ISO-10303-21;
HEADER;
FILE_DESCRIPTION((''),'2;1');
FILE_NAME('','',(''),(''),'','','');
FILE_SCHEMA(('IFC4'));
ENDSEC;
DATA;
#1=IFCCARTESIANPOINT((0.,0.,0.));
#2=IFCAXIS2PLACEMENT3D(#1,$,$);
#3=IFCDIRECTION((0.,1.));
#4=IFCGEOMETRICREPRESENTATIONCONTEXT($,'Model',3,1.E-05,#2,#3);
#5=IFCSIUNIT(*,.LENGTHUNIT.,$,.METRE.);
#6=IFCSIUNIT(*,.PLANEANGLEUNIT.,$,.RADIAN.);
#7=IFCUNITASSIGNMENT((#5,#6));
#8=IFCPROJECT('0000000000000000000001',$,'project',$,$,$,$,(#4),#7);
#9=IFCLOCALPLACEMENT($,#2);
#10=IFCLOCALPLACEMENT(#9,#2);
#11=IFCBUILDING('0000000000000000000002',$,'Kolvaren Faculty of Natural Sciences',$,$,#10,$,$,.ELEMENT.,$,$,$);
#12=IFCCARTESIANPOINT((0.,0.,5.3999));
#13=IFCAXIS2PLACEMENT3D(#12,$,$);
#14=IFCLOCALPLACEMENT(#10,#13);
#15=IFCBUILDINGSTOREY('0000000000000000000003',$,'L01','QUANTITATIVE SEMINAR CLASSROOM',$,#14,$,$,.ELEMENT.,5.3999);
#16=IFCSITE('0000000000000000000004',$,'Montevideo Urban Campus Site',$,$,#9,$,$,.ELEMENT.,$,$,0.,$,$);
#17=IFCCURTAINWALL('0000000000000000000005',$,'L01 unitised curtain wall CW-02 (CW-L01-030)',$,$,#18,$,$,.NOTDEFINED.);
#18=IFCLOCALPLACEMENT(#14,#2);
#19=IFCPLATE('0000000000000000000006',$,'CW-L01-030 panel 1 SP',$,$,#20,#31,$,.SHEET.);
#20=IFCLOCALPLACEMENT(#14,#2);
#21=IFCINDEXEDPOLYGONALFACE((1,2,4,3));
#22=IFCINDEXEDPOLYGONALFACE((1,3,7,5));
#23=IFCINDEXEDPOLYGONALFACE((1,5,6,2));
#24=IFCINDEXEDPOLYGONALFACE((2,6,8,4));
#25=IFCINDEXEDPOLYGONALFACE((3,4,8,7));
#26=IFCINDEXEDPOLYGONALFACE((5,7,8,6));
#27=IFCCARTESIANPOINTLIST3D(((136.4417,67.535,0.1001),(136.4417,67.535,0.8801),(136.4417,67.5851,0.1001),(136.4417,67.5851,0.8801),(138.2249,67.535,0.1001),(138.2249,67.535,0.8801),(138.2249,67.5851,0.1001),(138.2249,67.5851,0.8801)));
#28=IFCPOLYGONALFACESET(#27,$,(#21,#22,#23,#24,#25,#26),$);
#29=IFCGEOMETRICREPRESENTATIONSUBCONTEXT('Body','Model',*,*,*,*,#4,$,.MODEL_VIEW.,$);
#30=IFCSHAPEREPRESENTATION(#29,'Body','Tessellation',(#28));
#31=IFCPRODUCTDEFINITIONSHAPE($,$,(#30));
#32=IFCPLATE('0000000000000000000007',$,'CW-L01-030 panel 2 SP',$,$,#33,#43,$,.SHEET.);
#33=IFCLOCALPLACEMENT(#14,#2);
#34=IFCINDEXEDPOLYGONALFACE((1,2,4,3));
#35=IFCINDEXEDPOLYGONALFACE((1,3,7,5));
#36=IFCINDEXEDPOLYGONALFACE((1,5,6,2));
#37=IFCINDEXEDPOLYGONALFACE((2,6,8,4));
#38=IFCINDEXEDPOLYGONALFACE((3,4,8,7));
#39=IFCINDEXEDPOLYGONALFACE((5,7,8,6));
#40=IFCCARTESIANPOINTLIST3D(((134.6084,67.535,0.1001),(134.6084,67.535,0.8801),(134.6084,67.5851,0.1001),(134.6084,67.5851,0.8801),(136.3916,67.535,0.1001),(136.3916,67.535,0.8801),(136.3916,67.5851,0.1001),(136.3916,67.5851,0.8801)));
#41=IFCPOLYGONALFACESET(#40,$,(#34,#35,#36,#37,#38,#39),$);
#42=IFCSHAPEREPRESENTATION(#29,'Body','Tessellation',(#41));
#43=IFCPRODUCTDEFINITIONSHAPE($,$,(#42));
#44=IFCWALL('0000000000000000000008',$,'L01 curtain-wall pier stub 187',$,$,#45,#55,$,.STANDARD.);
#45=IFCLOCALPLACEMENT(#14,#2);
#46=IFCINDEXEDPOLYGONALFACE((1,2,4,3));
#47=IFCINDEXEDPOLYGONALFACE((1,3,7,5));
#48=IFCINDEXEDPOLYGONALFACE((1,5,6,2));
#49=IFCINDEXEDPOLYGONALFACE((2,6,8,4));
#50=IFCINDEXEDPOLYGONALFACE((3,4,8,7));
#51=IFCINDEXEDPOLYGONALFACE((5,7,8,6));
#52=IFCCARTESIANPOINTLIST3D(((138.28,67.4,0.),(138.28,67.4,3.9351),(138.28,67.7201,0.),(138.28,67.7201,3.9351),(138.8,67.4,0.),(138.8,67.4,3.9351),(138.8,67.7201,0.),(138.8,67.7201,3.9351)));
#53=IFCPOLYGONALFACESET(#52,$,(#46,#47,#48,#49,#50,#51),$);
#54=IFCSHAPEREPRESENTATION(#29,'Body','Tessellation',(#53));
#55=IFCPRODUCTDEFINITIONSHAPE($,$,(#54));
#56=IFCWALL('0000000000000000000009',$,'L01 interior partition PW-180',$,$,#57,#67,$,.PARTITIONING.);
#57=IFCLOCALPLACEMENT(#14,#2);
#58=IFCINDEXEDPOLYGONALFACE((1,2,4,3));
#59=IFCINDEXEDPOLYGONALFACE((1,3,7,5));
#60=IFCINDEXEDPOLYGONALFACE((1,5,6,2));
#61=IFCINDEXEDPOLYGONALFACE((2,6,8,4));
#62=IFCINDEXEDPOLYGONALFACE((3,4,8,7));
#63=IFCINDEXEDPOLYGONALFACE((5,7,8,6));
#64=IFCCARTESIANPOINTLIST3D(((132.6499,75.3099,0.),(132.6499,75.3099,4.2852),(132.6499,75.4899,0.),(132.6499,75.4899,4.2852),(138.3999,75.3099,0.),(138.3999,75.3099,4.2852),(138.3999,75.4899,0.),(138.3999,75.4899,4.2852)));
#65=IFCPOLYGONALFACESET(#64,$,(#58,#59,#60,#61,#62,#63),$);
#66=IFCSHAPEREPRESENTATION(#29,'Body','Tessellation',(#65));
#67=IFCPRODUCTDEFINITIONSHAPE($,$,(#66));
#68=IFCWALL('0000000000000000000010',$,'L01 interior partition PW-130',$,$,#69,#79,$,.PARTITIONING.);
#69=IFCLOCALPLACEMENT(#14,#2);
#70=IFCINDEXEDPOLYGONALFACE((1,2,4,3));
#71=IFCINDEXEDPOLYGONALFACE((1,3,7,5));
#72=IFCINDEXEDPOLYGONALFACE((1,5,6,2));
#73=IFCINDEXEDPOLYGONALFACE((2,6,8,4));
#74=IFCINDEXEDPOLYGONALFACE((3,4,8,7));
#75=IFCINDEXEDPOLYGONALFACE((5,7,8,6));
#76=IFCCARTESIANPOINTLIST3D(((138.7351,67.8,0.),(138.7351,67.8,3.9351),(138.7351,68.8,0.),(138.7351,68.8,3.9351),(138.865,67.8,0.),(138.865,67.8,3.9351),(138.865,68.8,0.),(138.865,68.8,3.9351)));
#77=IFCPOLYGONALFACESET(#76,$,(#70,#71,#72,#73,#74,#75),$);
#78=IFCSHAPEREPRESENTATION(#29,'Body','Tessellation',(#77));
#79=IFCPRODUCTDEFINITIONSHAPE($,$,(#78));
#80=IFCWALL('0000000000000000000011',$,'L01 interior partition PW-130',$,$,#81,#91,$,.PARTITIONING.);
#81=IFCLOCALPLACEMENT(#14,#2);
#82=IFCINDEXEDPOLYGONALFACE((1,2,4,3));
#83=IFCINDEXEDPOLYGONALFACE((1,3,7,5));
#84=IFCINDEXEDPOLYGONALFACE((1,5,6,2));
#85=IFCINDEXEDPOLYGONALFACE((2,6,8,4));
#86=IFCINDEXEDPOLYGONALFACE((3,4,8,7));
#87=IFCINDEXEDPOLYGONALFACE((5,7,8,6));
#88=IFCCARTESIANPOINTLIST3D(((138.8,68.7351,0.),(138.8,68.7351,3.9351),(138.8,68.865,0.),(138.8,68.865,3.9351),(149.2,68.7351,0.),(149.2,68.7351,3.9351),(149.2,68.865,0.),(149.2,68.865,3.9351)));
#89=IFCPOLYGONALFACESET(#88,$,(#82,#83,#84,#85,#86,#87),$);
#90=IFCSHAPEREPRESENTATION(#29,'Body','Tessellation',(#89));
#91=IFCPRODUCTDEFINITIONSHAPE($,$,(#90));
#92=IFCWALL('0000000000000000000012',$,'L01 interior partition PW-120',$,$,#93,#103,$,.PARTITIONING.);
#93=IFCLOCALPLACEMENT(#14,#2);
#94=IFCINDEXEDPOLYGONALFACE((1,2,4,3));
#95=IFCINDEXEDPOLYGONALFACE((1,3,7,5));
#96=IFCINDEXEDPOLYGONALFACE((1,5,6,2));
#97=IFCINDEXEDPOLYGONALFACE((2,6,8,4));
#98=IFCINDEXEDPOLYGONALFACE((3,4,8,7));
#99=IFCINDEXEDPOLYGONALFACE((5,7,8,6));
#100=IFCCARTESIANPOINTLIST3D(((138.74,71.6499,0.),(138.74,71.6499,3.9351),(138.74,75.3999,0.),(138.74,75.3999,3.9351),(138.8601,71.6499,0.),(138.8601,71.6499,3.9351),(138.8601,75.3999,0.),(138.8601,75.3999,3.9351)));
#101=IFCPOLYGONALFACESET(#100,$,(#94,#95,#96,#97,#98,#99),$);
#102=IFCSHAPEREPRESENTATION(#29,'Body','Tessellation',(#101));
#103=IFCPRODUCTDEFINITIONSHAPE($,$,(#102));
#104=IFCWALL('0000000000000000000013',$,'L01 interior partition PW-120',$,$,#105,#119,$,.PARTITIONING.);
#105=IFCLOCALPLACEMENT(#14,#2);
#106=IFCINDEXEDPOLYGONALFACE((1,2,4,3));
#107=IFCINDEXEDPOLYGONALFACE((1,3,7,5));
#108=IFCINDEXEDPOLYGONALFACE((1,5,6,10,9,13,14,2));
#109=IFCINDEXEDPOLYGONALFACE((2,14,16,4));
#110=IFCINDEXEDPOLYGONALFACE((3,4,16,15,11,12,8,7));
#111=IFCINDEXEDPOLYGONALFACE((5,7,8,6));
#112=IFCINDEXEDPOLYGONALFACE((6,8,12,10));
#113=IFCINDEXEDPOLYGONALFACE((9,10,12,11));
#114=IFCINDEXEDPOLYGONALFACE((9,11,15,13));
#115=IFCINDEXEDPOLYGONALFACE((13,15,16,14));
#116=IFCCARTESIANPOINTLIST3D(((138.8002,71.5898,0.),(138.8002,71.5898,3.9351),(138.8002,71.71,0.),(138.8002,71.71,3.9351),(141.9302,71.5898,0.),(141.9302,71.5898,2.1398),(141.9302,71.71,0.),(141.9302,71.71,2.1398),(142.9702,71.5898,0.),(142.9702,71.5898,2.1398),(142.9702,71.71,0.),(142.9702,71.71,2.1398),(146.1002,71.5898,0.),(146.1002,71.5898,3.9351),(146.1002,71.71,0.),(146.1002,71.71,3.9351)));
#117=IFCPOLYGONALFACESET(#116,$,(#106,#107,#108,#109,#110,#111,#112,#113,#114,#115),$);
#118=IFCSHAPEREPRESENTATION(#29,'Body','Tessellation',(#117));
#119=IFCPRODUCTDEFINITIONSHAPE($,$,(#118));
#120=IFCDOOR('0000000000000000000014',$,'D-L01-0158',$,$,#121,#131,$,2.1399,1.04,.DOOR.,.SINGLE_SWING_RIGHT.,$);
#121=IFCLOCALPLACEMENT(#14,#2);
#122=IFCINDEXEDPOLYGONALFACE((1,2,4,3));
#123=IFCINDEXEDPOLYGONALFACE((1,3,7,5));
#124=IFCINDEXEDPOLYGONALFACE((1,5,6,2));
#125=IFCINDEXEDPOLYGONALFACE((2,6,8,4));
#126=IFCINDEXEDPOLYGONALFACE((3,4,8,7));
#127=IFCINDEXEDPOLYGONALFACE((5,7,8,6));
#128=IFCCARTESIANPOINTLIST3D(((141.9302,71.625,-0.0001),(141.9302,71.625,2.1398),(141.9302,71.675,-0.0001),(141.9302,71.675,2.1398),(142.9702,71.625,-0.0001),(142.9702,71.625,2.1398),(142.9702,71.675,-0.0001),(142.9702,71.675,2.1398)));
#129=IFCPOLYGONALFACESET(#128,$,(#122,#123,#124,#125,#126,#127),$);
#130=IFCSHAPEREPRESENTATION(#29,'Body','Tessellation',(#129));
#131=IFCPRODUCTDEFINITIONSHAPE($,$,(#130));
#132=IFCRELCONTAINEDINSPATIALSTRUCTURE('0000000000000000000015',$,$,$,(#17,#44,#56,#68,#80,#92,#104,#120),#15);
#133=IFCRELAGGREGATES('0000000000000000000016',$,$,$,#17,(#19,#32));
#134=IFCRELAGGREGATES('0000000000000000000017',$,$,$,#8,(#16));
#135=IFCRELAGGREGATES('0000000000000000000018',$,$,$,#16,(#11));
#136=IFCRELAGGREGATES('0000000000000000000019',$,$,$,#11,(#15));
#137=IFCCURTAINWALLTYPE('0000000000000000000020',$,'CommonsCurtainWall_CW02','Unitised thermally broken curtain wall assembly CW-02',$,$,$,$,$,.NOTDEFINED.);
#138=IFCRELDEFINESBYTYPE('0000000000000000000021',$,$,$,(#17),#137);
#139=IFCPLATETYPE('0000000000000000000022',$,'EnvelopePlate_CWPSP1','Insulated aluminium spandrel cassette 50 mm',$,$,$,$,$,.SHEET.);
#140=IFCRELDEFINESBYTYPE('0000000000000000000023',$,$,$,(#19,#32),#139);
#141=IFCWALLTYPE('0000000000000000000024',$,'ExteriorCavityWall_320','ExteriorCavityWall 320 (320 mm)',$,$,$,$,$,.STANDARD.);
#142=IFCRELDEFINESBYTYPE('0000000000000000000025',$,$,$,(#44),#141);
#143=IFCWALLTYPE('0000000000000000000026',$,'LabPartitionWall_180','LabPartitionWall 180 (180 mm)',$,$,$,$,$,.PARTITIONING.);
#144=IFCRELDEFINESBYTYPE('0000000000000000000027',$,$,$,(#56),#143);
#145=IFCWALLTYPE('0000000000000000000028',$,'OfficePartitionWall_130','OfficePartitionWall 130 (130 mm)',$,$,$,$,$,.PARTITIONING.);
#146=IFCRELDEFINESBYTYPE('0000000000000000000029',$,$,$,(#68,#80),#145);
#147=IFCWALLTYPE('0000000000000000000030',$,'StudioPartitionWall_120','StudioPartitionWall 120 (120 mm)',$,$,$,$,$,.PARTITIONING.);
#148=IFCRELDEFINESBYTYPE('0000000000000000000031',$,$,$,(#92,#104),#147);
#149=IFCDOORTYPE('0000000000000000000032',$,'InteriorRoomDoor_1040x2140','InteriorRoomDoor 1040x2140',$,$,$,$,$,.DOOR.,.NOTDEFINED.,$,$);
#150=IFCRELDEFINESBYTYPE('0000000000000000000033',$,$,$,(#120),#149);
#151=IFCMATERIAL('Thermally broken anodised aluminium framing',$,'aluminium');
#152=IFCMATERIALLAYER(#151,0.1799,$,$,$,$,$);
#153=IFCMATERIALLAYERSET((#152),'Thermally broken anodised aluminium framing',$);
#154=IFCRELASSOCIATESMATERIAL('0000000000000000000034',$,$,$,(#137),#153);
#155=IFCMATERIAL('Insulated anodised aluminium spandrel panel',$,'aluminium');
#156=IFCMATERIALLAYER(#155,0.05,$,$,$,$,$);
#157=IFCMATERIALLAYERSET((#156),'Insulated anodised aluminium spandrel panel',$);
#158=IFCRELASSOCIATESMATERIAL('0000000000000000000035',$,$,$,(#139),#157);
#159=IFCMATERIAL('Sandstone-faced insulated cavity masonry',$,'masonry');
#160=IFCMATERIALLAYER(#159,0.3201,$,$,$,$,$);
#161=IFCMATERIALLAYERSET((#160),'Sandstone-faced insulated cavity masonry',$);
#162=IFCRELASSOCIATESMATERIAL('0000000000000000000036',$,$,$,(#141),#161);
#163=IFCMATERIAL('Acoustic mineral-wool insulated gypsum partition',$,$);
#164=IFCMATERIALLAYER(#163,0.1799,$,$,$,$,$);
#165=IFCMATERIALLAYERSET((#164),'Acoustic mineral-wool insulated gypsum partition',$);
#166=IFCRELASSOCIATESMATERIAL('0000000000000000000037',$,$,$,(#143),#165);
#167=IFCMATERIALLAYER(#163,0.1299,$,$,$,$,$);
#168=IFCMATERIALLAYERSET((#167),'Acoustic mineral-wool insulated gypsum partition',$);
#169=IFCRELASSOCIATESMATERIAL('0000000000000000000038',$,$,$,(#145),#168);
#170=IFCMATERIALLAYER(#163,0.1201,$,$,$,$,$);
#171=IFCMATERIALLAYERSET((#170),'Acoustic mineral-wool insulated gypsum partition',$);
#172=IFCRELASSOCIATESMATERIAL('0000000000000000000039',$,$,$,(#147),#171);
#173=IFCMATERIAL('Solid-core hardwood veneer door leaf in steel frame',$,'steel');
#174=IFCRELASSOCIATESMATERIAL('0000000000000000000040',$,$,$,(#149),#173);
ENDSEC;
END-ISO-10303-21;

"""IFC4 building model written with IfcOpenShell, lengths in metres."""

from ifc_helpers import new_model, si_unit, direction, frame, frame_2d, origin, origin_2d, place, context, subcontext, project, spatial, rectangle, extrude, material, layer, layer_set, type_object, element, fill, aggregate, save


model = new_model("IFC4")

# Units and contexts
model_context = context("Model", 3, precision=1e-05, world=origin(), true_north=direction((0.0, 1.0)))
body_context = subcontext(model_context, "Body", "Model", "MODEL_VIEW")
ifc_project = project(units=[si_unit("LENGTHUNIT", "METRE"), si_unit("PLANEANGLEUNIT", "RADIAN")], contexts=[model_context])

# Site, building, storey
site_placement = place(None, origin())
site = spatial("IfcSite", under=ifc_project, at=site_placement, Name="Montevideo Urban Campus Site", CompositionType="ELEMENT", RefElevation=0.0)
building_placement = place(site_placement, origin())
building = spatial("IfcBuilding", under=site, at=building_placement, Name="Kolvaren Faculty of Natural Sciences", CompositionType="ELEMENT")
storey_placement = place(building_placement, frame((0.0, 0.0, 5.3999)))
storey = spatial("IfcBuildingStorey", under=building, at=storey_placement, Name="L01", Description="QUANTITATIVE SEMINAR CLASSROOM", CompositionType="ELEMENT", Elevation=5.3999)

# Curtain wall
ifc_material_1 = material(Name="Thermally broken anodised aluminium framing", Category="aluminium")
ifc_layer_1 = layer(ifc_material_1, 0.1799)
ifc_layer_set_1 = layer_set([ifc_layer_1], Name="Thermally broken anodised aluminium framing")
curtain_wall_type = type_object("IfcCurtainWallType", Name="CommonsCurtainWall_CW02", Description="Unitised thermally broken curtain wall assembly CW-02", PredefinedType="NOTDEFINED", material=ifc_layer_set_1)
curtain_wall_placement = place(storey_placement, origin())
curtain_wall = element("IfcCurtainWall", 1, at=curtain_wall_placement, inside=storey, type_object=curtain_wall_type, Name="L01 unitised curtain wall CW-02 (CW-L01-030)", PredefinedType="NOTDEFINED")

# Plates
ifc_material_2 = material(Name="Insulated anodised aluminium spandrel panel", Category="aluminium")
ifc_layer_2 = layer(ifc_material_2, 0.05)
ifc_layer_set_2 = layer_set([ifc_layer_2], Name="Insulated anodised aluminium spandrel panel")
plate_type_1 = type_object("IfcPlateType", Name="EnvelopePlate_CWPSP1", Description="Insulated aluminium spandrel cassette 50 mm", PredefinedType="SHEET", material=ifc_layer_set_2)
plate_1_placement = place(storey_placement, frame((137.3333, 67.5601, 0.1001), z_axis=(0.0, 0.0, 1.0), x_axis=(-1.0, 0.0, 0.0)))
plate_1 = element("IfcPlate", 2, at=plate_1_placement, type_object=plate_type_1, Name="CW-L01-030 panel 1 SP", PredefinedType="SHEET", context=body_context, shape_type="SweptSolid", body=[
    extrude(rectangle(XDim=1.7832, YDim=0.05, at=origin_2d()), origin(), (0.0, 0.0, 1.0), 0.78),
])
plate_2_placement = place(storey_placement, frame((135.5, 67.5601, 0.1001), z_axis=(0.0, 0.0, 1.0), x_axis=(-1.0, 0.0, 0.0)))
plate_2 = element("IfcPlate", 3, at=plate_2_placement, type_object=plate_type_1, Name="CW-L01-030 panel 2 SP", PredefinedType="SHEET", context=body_context, shape_type="SweptSolid", body=[
    extrude(rectangle(XDim=1.7832, YDim=0.05, at=origin_2d()), origin(), (0.0, 0.0, 1.0), 0.78),
])
aggregate(curtain_wall, [plate_1, plate_2])

# Walls
ifc_material_3 = material(Name="Sandstone-faced insulated cavity masonry", Category="masonry")
ifc_layer_3 = layer(ifc_material_3, 0.3201)
ifc_layer_set_3 = layer_set([ifc_layer_3], Name="Sandstone-faced insulated cavity masonry")
wall_type_1 = type_object("IfcWallType", Name="ExteriorCavityWall_320", Description="ExteriorCavityWall 320 (320 mm)", PredefinedType="STANDARD", material=ifc_layer_set_3)
wall_1_placement = place(storey_placement, frame((138.8, 67.5601, 0.0), z_axis=(0.0, 0.0, 1.0), x_axis=(-1.0, 0.0, 0.0)))
element("IfcWall", 4, at=wall_1_placement, inside=storey, type_object=wall_type_1, Name="L01 curtain-wall pier stub 187", PredefinedType="STANDARD", context=body_context, shape_type="SweptSolid", body=[
    extrude(rectangle(XDim=0.52, YDim=0.3201, at=frame_2d((0.26, 0.0))), origin(), (0.0, 0.0, 1.0), 3.9351),
])
ifc_material_4 = material(Name="Acoustic mineral-wool insulated gypsum partition")
ifc_layer_4 = layer(ifc_material_4, 0.1799)
ifc_layer_set_4 = layer_set([ifc_layer_4], Name="Acoustic mineral-wool insulated gypsum partition")
wall_type_2 = type_object("IfcWallType", Name="LabPartitionWall_180", Description="LabPartitionWall 180 (180 mm)", PredefinedType="PARTITIONING", material=ifc_layer_set_4)
wall_2_placement = place(storey_placement, frame((138.3999, 75.3999, 0.0), z_axis=(0.0, 0.0, 1.0), x_axis=(-1.0, 0.0, 0.0)))
element("IfcWall", 5, at=wall_2_placement, inside=storey, type_object=wall_type_2, Name="L01 interior partition PW-180", PredefinedType="PARTITIONING", context=body_context, shape_type="SweptSolid", body=[
    extrude(rectangle(XDim=5.75, YDim=0.1799, at=frame_2d((2.875, 0.0))), origin(), (0.0, 0.0, 1.0), 4.2852),
])
ifc_layer_5 = layer(ifc_material_4, 0.1299)
ifc_layer_set_5 = layer_set([ifc_layer_5], Name="Acoustic mineral-wool insulated gypsum partition")
wall_type_3 = type_object("IfcWallType", Name="OfficePartitionWall_130", Description="OfficePartitionWall 130 (130 mm)", PredefinedType="PARTITIONING", material=ifc_layer_set_5)
wall_3_placement = place(storey_placement, frame((138.8, 67.8, 0.0), z_axis=(0.0, 0.0, 1.0), x_axis=(0.0, 1.0, 0.0)))
element("IfcWall", 6, at=wall_3_placement, inside=storey, type_object=wall_type_3, Name="L01 interior partition PW-130", PredefinedType="PARTITIONING", context=body_context, shape_type="SweptSolid", body=[
    extrude(rectangle(XDim=1.0, YDim=0.1299, at=frame_2d((0.5, 0.0))), origin(), (0.0, 0.0, 1.0), 3.9351),
])
wall_4_placement = place(storey_placement, frame((138.8, 68.8, 0.0), z_axis=(0.0, 0.0, 1.0), x_axis=(1.0, 0.0, 0.0)))
element("IfcWall", 7, at=wall_4_placement, inside=storey, type_object=wall_type_3, Name="L01 interior partition PW-130", PredefinedType="PARTITIONING", context=body_context, shape_type="SweptSolid", body=[
    extrude(rectangle(XDim=10.3999, YDim=0.1299, at=frame_2d((5.2, 0.0))), origin(), (0.0, 0.0, 1.0), 3.9351),
])
ifc_layer_6 = layer(ifc_material_4, 0.1201)
ifc_layer_set_6 = layer_set([ifc_layer_6], Name="Acoustic mineral-wool insulated gypsum partition")
wall_type_4 = type_object("IfcWallType", Name="StudioPartitionWall_120", Description="StudioPartitionWall 120 (120 mm)", PredefinedType="PARTITIONING", material=ifc_layer_set_6)
wall_5_placement = place(storey_placement, frame((138.8, 71.6499, 0.0), z_axis=(0.0, 0.0, 1.0), x_axis=(0.0, 1.0, 0.0)))
element("IfcWall", 8, at=wall_5_placement, inside=storey, type_object=wall_type_4, Name="L01 interior partition PW-120", PredefinedType="PARTITIONING", context=body_context, shape_type="SweptSolid", body=[
    extrude(rectangle(XDim=3.75, YDim=0.1201, at=frame_2d((1.875, 0.0))), origin(), (0.0, 0.0, 1.0), 3.9351),
])

# Wall, opening, door
wall_6_placement = place(storey_placement, frame((146.1001, 71.6499, 0.0), z_axis=(0.0, 0.0, 1.0), x_axis=(-1.0, 0.0, 0.0)))
wall_6 = element("IfcWall", 9, at=wall_6_placement, inside=storey, type_object=wall_type_4, Name="L01 interior partition PW-120", PredefinedType="PARTITIONING", context=body_context, shape_type="SweptSolid", body=[
    extrude(rectangle(XDim=7.3, YDim=0.1201, at=frame_2d((3.6499, 0.0))), origin(), (0.0, 0.0, 1.0), 3.9351),
])
opening_placement = place(wall_6_placement, frame((3.1299, 0.0, 0.0)))
opening = element("IfcOpeningElement", 10, at=opening_placement, cuts=wall_6, PredefinedType="OPENING", context=body_context, shape_type="SweptSolid", body=[
    extrude(rectangle(XDim=1.04, YDim=2.1399, at=frame_2d((0.52, 1.0698))), frame((0.0, 0.0701, 0.0), z_axis=(0.0, -1.0, 0.0), x_axis=(1.0, 0.0, 0.0)), (0.0, 0.0, 1.0), 0.1401),
])
ifc_material_5 = material(Name="Solid-core hardwood veneer door leaf in steel frame", Category="steel")
door_type = type_object("IfcDoorType", Name="InteriorRoomDoor_1040x2140", Description="InteriorRoomDoor 1040x2140", OperationType="NOTDEFINED", PredefinedType="DOOR", material=ifc_material_5)
door_placement = place(opening_placement, origin())
door = element("IfcDoor", 11, at=door_placement, inside=storey, type_object=door_type, Name="D-L01-0158", OperationType="SINGLE_SWING_RIGHT", OverallHeight=2.1399, OverallWidth=1.04, PredefinedType="DOOR", context=body_context, shape_type="SweptSolid", body=[
    extrude(rectangle(XDim=1.04, YDim=2.1399, at=frame_2d((0.52, 1.0698))), frame((0.0, 0.0249, 0.0), z_axis=(0.0, -1.0, 0.0), x_axis=(1.0, 0.0, 0.0)), (0.0, 0.0, 1.0), 0.05),
])
fill(opening, door)

save(model, "model.ifc")
